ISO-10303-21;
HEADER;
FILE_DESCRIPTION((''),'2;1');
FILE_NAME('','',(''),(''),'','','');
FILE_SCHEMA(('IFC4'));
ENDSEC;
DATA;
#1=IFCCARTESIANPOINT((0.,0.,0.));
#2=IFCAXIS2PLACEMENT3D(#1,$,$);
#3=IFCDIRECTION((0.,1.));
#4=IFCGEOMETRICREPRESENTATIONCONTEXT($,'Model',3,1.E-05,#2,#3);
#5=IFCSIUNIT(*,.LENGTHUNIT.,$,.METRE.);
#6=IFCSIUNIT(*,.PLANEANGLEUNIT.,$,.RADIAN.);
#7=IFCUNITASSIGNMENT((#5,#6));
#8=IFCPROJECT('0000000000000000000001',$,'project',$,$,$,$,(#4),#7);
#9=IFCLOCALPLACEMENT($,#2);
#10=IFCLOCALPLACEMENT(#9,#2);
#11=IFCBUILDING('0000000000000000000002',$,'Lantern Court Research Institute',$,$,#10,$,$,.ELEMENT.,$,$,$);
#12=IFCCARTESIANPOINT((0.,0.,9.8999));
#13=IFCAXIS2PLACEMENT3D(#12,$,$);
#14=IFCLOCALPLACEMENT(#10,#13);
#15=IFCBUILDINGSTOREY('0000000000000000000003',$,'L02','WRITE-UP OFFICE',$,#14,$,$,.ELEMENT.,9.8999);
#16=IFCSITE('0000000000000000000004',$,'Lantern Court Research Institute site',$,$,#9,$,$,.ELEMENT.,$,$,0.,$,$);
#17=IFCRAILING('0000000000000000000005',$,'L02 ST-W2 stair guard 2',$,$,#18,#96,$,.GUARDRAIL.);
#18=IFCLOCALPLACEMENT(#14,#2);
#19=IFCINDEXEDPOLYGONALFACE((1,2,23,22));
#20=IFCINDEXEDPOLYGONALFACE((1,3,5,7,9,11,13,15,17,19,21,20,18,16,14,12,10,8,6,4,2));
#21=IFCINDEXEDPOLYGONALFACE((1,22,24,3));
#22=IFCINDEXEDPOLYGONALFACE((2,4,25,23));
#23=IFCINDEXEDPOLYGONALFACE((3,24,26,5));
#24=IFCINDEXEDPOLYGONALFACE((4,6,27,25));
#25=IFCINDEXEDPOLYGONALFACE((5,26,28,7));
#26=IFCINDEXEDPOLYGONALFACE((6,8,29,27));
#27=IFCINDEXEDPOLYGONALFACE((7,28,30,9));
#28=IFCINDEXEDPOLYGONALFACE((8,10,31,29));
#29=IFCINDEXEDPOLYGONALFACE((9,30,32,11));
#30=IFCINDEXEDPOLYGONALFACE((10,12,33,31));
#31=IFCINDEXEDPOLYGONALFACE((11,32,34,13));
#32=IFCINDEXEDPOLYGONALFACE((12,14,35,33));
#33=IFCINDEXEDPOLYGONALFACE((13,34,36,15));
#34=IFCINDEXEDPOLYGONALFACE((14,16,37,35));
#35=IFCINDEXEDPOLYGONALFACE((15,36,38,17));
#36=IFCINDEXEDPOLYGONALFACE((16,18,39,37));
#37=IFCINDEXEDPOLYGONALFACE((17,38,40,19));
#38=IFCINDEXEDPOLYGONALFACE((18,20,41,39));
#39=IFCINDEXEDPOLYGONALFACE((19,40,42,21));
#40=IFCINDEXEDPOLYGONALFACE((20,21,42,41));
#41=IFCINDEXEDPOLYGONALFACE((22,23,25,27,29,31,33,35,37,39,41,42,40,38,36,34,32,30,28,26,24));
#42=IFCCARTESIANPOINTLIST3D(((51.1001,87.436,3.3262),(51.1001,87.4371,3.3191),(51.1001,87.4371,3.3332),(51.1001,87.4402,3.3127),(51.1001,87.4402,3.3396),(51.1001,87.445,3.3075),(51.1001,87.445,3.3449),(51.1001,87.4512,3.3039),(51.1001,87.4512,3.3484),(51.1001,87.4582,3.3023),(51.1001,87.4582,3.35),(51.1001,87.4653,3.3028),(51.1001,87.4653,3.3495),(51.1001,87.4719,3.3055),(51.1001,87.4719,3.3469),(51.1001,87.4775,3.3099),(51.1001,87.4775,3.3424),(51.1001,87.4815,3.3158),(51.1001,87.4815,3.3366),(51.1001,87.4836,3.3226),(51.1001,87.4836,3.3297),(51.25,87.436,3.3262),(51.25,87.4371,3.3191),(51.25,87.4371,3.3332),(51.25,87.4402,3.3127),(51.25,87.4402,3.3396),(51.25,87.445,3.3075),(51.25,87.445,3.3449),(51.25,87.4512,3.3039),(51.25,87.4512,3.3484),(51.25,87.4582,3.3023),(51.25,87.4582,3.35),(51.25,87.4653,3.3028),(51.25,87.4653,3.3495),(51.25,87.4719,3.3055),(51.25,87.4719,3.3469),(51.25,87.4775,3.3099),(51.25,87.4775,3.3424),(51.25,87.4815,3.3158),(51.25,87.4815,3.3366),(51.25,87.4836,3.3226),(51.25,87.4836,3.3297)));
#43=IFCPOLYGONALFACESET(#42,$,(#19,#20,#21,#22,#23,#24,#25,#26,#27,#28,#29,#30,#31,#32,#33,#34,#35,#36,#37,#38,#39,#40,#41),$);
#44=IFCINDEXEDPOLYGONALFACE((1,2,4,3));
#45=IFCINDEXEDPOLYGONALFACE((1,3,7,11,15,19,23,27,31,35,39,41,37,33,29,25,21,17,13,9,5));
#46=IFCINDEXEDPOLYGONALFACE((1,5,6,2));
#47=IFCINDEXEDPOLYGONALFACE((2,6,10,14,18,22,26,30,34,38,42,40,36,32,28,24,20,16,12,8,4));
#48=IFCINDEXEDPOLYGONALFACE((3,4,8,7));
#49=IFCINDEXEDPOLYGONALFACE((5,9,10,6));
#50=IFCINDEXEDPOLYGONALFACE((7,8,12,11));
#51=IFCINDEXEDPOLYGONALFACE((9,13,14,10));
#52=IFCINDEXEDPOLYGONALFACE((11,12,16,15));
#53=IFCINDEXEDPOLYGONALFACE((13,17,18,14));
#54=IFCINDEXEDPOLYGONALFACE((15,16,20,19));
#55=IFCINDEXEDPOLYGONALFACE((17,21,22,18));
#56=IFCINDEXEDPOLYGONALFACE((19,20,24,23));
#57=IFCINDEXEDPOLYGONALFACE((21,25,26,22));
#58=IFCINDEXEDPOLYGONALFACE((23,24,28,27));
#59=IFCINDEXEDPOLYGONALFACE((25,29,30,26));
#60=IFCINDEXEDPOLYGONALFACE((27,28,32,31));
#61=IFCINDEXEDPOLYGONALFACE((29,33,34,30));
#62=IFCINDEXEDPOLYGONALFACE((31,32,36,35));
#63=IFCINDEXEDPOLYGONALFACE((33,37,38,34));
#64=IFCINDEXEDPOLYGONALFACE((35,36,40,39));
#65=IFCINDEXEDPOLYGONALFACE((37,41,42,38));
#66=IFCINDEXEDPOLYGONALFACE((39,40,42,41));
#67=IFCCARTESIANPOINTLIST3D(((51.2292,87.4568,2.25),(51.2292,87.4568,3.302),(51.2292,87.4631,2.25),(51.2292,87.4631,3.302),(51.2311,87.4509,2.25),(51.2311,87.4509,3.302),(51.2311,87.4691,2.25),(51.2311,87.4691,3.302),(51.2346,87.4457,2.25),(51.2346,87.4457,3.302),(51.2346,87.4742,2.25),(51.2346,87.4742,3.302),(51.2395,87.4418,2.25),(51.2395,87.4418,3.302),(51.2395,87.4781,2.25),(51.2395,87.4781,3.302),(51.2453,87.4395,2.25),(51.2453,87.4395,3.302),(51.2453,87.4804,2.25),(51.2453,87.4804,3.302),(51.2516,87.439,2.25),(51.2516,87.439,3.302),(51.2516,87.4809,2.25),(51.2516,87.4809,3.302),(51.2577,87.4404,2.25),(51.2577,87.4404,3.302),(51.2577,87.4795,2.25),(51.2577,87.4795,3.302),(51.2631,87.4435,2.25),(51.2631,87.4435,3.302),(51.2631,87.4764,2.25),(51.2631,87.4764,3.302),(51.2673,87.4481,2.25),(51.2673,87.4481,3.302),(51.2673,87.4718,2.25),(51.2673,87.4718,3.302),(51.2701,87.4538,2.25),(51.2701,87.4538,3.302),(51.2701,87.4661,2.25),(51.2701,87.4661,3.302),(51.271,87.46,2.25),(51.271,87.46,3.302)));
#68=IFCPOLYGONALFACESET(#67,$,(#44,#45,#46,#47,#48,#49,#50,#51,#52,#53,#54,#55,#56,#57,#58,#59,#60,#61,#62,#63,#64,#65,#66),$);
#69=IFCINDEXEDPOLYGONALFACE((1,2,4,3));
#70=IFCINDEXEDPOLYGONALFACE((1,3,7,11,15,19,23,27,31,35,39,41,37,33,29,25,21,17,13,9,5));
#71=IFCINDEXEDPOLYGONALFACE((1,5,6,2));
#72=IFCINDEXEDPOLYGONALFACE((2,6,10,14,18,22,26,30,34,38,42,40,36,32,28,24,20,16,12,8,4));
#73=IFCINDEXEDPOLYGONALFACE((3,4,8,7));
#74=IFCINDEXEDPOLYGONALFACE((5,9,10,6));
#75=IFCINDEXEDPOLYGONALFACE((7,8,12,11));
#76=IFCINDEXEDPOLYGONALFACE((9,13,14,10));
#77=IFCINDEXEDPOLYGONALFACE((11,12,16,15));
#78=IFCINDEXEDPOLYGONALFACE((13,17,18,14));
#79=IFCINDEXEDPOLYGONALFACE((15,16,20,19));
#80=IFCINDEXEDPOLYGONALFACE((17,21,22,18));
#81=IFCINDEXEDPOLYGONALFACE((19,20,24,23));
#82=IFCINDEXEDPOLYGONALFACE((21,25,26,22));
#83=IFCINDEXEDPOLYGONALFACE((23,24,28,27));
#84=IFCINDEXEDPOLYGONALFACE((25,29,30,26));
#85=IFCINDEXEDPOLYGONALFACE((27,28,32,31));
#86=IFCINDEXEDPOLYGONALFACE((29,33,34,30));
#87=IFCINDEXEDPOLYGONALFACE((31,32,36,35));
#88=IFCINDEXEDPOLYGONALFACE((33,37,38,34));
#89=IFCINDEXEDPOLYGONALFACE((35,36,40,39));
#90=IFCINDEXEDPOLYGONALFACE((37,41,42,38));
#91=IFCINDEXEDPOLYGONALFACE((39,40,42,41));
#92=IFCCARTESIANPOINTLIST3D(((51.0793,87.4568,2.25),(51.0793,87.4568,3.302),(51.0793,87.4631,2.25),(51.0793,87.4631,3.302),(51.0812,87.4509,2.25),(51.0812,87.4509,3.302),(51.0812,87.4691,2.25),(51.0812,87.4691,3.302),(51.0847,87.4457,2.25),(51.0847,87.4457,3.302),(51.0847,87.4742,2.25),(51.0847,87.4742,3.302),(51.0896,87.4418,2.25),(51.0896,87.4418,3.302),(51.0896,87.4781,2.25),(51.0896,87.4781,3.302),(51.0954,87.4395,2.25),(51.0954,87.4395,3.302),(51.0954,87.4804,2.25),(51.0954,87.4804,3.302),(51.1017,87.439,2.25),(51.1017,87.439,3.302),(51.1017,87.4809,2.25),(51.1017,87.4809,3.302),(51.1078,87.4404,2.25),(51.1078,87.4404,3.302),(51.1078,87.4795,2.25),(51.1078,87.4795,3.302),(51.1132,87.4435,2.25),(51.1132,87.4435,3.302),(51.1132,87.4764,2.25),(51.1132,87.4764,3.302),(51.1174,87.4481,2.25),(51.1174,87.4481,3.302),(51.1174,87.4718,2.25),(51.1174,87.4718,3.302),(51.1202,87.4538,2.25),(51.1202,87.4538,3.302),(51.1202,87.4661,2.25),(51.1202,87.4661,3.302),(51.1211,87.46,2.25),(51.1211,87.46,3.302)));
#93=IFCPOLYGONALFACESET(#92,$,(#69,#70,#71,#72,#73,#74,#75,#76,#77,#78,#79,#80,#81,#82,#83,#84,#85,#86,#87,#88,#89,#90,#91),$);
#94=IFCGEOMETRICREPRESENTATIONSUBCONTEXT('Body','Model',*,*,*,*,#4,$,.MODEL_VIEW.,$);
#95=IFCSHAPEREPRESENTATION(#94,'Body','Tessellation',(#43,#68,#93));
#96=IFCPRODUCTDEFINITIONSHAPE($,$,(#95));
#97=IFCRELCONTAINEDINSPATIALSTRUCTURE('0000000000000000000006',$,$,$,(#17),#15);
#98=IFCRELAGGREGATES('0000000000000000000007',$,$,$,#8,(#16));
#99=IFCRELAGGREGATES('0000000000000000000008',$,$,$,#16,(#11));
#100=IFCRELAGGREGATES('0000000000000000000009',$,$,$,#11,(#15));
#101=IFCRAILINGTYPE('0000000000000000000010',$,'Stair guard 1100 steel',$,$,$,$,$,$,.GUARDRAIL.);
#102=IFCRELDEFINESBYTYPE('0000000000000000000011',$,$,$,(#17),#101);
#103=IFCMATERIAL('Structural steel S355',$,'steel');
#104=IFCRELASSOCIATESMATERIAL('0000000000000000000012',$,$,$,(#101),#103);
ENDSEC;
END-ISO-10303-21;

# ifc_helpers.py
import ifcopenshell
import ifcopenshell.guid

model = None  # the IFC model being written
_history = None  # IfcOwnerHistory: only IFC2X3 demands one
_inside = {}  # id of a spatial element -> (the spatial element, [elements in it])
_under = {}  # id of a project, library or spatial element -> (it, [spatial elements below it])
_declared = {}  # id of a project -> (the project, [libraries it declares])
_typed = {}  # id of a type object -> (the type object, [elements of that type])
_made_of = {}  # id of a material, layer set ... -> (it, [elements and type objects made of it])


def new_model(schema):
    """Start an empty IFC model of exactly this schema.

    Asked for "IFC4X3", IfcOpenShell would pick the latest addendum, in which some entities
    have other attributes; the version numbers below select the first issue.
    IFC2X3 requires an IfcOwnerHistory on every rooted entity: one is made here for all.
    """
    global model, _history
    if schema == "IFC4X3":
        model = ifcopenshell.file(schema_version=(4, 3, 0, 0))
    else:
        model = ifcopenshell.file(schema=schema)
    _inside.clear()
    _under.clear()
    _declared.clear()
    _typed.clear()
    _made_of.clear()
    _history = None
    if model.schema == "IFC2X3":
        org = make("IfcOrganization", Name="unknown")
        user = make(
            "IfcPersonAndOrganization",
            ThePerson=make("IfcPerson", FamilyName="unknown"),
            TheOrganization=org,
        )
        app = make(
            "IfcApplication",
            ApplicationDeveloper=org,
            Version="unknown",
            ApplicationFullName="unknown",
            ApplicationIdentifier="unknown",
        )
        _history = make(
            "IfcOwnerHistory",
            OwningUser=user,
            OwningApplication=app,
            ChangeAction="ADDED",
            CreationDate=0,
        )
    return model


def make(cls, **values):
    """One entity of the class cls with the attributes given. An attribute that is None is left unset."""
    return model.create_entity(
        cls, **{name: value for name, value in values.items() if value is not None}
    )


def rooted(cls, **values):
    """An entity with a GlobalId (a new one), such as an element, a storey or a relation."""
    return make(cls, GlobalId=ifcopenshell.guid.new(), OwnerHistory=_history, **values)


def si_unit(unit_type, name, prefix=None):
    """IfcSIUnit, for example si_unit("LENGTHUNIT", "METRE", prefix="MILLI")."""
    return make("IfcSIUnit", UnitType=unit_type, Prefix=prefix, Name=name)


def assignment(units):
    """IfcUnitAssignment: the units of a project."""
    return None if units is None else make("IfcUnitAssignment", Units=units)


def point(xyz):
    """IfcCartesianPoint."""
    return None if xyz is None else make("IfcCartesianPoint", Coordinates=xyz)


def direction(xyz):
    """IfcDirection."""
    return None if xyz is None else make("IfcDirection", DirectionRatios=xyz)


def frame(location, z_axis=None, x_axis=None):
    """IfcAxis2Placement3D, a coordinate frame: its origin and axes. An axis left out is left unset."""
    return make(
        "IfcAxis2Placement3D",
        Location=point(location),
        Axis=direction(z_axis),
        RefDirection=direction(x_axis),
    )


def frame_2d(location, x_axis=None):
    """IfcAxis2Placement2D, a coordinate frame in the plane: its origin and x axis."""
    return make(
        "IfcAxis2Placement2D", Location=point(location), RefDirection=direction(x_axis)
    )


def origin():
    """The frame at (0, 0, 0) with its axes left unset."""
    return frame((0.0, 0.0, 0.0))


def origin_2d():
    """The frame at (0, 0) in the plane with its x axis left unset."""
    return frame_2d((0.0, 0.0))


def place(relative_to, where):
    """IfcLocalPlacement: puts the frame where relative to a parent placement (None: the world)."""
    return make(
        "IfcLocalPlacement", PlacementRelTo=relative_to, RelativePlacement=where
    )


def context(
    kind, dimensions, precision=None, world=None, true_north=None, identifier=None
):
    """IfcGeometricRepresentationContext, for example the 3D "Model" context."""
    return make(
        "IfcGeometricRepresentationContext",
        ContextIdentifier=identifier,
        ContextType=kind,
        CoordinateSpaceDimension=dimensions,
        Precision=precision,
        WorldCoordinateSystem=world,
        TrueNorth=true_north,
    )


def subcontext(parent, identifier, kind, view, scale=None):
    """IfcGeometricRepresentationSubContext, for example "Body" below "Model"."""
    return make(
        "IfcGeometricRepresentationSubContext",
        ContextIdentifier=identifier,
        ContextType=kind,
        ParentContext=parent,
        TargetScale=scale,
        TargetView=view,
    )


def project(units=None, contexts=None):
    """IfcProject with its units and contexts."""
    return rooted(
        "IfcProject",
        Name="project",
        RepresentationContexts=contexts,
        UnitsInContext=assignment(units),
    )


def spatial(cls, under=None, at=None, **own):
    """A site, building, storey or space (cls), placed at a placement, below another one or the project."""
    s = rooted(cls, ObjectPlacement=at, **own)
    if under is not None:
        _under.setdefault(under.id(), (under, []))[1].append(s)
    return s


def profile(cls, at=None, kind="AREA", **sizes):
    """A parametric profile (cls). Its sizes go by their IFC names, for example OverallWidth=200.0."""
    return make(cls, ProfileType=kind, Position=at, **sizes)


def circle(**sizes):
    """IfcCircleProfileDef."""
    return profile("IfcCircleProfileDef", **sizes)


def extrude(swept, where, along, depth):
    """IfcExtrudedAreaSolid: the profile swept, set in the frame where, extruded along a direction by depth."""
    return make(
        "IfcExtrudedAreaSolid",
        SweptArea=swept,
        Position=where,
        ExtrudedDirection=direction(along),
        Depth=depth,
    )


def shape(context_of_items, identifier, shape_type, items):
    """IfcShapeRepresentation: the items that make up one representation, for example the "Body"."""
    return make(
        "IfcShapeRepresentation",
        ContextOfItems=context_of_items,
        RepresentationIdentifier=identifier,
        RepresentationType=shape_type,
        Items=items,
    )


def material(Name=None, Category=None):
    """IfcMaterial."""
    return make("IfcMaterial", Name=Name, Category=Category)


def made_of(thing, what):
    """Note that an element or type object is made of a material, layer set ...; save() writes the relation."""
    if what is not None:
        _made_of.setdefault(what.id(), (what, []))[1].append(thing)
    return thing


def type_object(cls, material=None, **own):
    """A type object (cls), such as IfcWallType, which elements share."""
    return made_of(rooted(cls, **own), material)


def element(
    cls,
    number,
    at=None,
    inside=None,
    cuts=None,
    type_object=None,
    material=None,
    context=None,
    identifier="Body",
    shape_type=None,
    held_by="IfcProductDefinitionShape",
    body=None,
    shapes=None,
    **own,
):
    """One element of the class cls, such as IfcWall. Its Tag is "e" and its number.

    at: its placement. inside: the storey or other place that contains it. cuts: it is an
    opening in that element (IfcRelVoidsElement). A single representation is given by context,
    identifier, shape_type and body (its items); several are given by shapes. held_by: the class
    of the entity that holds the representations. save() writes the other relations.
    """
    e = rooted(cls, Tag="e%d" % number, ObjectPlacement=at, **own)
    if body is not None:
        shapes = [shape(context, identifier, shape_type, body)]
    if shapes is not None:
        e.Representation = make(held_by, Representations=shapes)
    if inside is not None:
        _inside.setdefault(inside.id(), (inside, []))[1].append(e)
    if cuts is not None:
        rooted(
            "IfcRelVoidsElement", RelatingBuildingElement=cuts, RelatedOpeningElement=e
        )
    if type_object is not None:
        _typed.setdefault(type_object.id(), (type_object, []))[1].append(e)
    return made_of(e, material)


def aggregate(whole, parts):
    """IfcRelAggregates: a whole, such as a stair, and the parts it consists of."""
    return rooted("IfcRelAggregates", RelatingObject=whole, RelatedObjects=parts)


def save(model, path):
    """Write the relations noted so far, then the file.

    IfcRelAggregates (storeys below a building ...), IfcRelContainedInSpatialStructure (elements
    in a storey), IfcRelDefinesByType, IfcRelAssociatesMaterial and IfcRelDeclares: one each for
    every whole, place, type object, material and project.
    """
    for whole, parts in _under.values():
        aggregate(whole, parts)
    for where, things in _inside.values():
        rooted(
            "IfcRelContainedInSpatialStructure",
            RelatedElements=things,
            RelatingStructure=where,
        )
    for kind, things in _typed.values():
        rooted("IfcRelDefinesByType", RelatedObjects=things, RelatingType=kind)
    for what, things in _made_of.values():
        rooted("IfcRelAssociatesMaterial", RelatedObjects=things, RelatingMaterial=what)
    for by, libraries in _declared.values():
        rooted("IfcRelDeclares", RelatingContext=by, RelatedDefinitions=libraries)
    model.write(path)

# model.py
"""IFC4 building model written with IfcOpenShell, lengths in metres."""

from ifc_helpers import new_model, si_unit, direction, frame, origin, origin_2d, place, context, subcontext, project, spatial, circle, extrude, material, type_object, element, save


model = new_model("IFC4")

# Units and contexts
model_context = context("Model", 3, precision=1e-05, world=origin(), true_north=direction((0.0, 1.0)))
body_context = subcontext(model_context, "Body", "Model", "MODEL_VIEW")
ifc_project = project(units=[si_unit("LENGTHUNIT", "METRE"), si_unit("PLANEANGLEUNIT", "RADIAN")], contexts=[model_context])

# Site, building, storey
site_placement = place(None, origin())
site = spatial("IfcSite", under=ifc_project, at=site_placement, Name="Lantern Court Research Institute site", CompositionType="ELEMENT", RefElevation=0.0)
building_placement = place(site_placement, origin())
building = spatial("IfcBuilding", under=site, at=building_placement, Name="Lantern Court Research Institute", CompositionType="ELEMENT")
storey_placement = place(building_placement, frame((0.0, 0.0, 9.8999)))
storey = spatial("IfcBuildingStorey", under=building, at=storey_placement, Name="L02", Description="WRITE-UP OFFICE", CompositionType="ELEMENT", Elevation=9.8999)

# Railing
ifc_material_1 = material(Name="Structural steel S355", Category="steel")
railing_type_1 = type_object("IfcRailingType", Name="Stair guard 1100 steel", PredefinedType="GUARDRAIL", material=ifc_material_1)
railing_1_placement = place(storey_placement, frame((51.25, 87.46, 2.25)))
element("IfcRailing", 1, at=railing_1_placement, inside=storey, type_object=railing_type_1, Name="L02 ST-W2 stair guard 2", PredefinedType="GUARDRAIL", context=body_context, shape_type="SweptSolid", body=[
    extrude(circle(Radius=0.0239, at=origin_2d()), frame((0.0, 0.0, 1.0762), z_axis=(-1.0, 0.0, 0.0), x_axis=(0.0, -1.0, 0.0)), (0.0, 0.0, 1.0), 0.1499),
    extrude(circle(Radius=0.021, at=origin_2d()), origin(), (0.0, 0.0, 1.0), 1.052),
    extrude(circle(Radius=0.021, at=origin_2d()), frame((-0.1499, 0.0, 0.0)), (0.0, 0.0, 1.0), 1.052),
])

save(model, "model.ifc")
